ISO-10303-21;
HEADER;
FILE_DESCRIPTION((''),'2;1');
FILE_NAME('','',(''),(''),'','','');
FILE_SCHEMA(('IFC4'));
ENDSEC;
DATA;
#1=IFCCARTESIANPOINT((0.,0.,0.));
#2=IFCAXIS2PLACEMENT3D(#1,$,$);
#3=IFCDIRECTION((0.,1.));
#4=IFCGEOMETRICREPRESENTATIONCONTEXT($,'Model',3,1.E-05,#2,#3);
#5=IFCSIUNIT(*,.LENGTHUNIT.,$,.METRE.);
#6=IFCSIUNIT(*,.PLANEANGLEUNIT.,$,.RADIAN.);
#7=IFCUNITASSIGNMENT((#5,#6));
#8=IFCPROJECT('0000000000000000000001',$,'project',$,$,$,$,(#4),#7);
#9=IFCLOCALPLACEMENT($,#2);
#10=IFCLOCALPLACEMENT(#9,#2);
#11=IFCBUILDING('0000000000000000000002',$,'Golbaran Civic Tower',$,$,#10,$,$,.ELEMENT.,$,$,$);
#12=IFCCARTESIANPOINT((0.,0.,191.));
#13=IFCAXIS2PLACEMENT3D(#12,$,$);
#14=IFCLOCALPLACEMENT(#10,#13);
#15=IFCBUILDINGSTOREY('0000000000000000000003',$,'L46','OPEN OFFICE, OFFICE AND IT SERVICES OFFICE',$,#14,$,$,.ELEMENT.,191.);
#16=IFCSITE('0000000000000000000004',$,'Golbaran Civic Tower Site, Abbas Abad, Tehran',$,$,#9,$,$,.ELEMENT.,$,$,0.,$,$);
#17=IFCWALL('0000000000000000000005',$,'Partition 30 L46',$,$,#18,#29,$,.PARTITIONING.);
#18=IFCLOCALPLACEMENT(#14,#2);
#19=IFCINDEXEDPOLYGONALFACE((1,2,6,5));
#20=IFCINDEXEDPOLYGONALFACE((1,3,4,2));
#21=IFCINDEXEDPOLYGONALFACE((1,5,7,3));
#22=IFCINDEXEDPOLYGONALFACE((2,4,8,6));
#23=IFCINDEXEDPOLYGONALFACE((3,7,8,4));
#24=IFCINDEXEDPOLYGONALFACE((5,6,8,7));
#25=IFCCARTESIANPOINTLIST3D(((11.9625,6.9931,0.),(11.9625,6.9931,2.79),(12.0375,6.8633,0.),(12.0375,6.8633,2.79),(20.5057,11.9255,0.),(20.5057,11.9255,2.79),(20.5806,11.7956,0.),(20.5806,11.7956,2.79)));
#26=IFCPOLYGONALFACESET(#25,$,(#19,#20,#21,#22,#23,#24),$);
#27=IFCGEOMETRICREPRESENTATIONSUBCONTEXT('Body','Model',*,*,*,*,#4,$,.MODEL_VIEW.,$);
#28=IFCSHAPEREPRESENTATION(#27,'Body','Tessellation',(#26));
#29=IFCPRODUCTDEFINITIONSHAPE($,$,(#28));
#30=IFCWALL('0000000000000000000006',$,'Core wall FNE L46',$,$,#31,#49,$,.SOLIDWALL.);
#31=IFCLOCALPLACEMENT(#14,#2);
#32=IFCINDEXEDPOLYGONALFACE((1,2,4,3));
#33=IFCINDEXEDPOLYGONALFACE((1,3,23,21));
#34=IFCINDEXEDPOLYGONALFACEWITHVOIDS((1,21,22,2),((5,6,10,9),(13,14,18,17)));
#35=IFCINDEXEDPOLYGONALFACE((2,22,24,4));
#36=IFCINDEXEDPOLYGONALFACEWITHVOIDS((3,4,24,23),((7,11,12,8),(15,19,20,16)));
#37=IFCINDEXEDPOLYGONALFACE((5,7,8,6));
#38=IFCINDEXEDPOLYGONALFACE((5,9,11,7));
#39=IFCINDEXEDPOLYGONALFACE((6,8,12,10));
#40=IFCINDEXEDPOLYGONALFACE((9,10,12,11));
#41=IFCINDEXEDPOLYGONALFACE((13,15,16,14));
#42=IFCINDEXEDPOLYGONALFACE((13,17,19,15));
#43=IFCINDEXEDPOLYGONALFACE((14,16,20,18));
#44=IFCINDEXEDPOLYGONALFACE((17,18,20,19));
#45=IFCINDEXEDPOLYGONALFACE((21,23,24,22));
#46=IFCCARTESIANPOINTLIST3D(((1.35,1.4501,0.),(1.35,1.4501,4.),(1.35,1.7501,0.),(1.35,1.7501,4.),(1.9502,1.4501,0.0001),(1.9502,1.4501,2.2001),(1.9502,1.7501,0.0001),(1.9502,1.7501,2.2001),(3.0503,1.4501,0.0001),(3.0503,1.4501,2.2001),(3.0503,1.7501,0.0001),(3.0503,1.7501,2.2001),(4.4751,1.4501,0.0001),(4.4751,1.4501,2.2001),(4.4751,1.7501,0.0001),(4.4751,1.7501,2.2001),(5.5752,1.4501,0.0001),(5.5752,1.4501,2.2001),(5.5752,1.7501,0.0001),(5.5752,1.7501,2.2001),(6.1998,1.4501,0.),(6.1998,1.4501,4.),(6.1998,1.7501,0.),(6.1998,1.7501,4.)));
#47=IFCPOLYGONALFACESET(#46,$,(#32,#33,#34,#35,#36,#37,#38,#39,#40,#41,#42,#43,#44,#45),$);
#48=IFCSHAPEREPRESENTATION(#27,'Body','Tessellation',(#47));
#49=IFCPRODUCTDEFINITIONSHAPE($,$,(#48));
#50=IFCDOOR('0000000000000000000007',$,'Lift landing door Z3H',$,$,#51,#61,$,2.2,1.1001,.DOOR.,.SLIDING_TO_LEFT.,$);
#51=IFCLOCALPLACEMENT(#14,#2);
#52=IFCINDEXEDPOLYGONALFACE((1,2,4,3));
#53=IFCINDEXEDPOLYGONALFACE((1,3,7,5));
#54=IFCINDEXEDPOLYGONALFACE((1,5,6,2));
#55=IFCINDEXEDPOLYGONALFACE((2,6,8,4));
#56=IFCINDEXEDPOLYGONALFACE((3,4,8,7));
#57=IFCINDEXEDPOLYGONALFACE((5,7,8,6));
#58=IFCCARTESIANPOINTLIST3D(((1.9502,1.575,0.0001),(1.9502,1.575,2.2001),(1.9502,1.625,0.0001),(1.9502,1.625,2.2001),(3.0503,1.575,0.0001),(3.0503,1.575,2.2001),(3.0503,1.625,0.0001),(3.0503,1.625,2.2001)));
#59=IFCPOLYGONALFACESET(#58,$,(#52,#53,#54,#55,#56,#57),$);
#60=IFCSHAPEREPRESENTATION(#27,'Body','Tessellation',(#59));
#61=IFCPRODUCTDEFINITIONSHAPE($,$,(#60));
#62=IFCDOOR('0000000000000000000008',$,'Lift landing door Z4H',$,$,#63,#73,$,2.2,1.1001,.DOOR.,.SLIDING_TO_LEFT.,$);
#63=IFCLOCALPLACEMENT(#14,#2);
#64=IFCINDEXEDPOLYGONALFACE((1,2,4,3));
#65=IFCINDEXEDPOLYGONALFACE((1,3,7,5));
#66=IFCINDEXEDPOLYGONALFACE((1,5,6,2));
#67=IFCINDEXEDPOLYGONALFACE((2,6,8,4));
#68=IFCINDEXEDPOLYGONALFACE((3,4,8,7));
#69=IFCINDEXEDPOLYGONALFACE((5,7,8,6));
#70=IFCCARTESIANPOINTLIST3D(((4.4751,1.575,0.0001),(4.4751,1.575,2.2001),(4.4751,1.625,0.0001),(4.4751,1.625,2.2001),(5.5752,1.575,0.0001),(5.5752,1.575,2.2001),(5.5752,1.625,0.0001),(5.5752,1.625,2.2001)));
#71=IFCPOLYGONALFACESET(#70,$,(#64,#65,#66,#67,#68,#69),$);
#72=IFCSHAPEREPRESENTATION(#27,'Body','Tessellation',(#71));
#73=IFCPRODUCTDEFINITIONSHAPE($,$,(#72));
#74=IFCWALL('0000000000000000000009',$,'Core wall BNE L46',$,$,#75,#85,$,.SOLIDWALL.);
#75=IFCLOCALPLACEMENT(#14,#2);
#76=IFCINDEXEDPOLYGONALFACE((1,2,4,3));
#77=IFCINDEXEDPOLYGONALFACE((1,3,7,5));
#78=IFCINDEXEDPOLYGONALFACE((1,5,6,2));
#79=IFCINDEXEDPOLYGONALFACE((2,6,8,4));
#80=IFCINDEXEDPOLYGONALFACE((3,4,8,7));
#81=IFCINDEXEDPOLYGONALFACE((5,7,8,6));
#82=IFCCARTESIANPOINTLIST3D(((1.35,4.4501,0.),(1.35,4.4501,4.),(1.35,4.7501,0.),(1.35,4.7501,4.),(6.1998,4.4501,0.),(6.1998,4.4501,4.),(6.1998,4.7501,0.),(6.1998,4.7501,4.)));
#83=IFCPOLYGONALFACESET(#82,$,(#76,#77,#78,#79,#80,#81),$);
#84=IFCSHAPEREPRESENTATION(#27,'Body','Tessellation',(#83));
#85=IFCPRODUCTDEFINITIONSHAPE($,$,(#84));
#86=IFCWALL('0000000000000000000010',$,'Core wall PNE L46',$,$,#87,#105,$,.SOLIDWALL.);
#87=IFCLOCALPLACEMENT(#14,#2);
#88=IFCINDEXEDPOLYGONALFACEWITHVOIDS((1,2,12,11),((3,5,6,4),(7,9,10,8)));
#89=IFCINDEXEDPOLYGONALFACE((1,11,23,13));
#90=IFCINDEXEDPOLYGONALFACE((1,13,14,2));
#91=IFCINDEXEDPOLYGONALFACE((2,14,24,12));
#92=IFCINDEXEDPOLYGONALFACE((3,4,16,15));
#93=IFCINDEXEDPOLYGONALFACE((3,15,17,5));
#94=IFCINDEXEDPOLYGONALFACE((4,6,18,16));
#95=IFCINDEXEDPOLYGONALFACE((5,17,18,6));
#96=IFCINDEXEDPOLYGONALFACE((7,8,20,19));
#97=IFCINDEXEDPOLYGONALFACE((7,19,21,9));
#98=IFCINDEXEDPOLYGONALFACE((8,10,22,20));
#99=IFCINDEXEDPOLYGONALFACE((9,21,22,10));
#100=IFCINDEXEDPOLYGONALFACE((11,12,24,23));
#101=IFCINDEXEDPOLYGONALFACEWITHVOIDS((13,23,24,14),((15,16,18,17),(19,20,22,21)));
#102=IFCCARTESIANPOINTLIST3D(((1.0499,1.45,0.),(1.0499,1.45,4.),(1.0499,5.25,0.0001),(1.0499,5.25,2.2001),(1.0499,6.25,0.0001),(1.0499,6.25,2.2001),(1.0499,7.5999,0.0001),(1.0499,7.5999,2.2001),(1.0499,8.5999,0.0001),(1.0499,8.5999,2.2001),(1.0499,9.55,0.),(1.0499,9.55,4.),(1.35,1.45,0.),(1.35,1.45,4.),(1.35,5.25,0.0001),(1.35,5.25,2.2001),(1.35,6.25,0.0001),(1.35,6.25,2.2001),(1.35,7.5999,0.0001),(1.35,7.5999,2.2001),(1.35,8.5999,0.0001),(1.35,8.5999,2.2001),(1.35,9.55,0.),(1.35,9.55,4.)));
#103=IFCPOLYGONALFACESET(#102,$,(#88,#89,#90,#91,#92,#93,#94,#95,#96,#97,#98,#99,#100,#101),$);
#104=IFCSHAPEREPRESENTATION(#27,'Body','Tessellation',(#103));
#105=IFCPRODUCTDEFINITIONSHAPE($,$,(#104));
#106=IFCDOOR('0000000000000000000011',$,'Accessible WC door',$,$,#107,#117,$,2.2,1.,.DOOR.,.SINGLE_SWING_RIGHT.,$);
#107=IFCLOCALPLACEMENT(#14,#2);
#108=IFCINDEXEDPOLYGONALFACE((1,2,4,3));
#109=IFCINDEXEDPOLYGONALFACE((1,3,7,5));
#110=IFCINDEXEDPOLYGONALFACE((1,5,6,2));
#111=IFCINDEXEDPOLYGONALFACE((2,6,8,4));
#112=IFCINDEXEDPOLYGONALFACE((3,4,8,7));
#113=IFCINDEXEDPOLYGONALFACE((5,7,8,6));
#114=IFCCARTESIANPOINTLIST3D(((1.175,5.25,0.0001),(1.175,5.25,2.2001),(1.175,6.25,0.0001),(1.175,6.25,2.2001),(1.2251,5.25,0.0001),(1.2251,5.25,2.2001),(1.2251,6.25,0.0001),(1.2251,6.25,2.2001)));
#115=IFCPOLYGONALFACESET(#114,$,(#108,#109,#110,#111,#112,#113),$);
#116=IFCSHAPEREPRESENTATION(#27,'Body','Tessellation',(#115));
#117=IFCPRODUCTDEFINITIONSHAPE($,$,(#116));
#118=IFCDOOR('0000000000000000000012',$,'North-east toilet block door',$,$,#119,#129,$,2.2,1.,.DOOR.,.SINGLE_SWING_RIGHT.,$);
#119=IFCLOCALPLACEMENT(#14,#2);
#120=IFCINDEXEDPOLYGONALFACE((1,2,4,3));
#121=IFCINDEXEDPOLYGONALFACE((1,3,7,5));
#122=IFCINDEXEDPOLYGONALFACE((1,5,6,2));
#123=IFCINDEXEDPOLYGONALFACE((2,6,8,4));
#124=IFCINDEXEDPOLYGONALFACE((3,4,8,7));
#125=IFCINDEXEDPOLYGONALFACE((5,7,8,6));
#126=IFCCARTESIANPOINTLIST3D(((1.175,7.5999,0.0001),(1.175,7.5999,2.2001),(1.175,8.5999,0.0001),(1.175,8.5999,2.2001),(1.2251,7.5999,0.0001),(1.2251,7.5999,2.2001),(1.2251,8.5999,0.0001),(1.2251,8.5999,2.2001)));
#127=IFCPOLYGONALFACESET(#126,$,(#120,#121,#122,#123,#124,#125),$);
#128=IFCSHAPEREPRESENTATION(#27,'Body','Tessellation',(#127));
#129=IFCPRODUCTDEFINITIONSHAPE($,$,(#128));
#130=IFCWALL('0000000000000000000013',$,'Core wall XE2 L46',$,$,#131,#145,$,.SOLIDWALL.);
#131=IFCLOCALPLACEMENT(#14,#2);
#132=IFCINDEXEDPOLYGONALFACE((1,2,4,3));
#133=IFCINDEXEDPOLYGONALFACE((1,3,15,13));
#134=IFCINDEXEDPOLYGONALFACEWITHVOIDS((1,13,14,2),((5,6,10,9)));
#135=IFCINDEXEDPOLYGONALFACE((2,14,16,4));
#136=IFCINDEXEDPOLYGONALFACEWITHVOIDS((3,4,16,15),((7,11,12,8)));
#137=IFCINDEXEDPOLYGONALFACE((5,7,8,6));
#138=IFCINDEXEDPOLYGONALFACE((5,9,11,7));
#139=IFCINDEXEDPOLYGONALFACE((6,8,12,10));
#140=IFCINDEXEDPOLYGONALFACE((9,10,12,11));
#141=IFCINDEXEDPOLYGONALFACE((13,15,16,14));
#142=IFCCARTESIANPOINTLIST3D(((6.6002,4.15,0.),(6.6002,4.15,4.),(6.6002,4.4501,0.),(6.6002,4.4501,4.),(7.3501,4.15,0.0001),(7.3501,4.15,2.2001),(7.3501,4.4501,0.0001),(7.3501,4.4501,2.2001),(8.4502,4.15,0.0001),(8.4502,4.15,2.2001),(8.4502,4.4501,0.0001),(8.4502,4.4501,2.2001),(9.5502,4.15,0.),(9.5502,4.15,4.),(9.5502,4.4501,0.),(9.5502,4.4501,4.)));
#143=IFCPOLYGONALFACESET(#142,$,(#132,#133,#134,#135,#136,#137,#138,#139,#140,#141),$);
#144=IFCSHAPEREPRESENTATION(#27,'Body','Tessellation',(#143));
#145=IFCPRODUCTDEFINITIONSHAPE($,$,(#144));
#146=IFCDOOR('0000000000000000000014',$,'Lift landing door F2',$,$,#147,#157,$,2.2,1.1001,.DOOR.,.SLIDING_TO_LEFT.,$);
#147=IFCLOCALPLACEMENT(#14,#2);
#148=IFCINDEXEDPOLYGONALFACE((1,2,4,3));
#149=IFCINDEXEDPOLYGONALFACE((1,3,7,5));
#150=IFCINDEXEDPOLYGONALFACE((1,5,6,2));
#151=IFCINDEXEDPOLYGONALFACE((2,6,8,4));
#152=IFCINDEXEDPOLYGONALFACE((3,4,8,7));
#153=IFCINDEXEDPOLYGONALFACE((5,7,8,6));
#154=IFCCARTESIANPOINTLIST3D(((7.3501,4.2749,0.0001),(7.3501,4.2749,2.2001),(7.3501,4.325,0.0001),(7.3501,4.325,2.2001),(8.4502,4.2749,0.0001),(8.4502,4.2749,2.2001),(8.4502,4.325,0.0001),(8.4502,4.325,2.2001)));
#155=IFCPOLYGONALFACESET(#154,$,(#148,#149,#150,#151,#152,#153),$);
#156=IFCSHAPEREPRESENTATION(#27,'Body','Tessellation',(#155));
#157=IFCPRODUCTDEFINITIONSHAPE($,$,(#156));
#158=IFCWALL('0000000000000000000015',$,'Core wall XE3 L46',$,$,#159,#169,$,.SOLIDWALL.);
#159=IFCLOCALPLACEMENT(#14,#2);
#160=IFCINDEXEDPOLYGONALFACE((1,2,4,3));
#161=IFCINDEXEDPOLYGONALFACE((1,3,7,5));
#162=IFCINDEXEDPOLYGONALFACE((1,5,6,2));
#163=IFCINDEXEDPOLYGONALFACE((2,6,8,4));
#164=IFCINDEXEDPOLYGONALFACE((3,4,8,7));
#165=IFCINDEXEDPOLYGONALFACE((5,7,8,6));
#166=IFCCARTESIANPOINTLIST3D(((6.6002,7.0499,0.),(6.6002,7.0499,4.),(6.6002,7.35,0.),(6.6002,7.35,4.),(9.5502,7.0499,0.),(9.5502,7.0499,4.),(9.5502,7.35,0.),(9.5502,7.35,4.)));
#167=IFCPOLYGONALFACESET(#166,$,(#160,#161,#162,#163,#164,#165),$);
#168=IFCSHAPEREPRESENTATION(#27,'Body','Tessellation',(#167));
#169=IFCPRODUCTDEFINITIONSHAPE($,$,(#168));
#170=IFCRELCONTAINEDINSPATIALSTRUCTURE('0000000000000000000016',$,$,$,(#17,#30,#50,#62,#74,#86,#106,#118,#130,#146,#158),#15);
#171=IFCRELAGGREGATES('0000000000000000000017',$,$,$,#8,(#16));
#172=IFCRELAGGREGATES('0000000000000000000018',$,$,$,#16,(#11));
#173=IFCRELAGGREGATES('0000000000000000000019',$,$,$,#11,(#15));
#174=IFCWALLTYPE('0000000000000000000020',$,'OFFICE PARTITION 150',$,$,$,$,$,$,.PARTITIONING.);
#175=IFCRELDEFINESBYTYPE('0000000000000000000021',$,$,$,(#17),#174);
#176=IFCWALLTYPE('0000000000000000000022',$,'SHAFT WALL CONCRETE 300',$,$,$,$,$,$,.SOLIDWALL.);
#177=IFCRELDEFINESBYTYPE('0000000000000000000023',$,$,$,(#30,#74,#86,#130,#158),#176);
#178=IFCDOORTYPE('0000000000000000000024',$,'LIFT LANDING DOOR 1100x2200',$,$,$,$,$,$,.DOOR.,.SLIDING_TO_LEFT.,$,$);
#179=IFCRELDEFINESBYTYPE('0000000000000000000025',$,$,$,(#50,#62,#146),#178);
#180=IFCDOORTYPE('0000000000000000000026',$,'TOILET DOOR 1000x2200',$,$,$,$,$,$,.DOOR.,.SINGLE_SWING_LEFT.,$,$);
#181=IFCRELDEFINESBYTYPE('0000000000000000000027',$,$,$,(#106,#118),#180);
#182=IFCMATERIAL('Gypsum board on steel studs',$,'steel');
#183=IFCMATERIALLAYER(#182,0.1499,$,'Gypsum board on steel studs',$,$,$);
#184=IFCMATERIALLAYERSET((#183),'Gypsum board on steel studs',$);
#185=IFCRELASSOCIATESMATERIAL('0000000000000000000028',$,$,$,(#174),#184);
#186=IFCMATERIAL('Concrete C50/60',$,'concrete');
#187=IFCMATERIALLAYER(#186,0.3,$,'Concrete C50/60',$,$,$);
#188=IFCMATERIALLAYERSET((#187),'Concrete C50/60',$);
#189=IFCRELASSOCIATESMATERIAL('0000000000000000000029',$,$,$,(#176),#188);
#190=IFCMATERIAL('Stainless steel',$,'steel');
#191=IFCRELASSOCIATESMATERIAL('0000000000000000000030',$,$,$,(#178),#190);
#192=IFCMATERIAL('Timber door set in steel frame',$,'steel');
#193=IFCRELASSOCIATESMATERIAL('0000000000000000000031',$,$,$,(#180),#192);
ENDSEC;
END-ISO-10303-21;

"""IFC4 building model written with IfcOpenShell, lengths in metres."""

from ifc_helpers import new_model, si_unit, direction, frame, frame_2d, origin, place, context, subcontext, project, spatial, rectangle, extrude, material, layer, layer_set, type_object, element, fill, save


model = new_model("IFC4")

# Units and contexts
model_context = context("Model", 3, precision=1e-05, world=origin(), true_north=direction((0.0, 1.0)))
body_context = subcontext(model_context, "Body", "Model", "MODEL_VIEW")
ifc_project = project(units=[si_unit("LENGTHUNIT", "METRE"), si_unit("PLANEANGLEUNIT", "RADIAN")], contexts=[model_context])

# Site, building, storey
site_placement = place(None, origin())
site = spatial("IfcSite", under=ifc_project, at=site_placement, Name="Golbaran Civic Tower Site, Abbas Abad, Tehran", CompositionType="ELEMENT", RefElevation=0.0)
building_placement = place(site_placement, origin())
building = spatial("IfcBuilding", under=site, at=building_placement, Name="Golbaran Civic Tower", CompositionType="ELEMENT")
storey_placement = place(building_placement, frame((0.0, 0.0, 191.0)))
storey = spatial("IfcBuildingStorey", under=building, at=storey_placement, Name="L46", Description="OPEN OFFICE, OFFICE AND IT SERVICES OFFICE", CompositionType="ELEMENT", Elevation=191.0)

# Shared definitions
ifc_material_1 = material(Name="Timber door set in steel frame", Category="steel")

# Wall
ifc_material_2 = material(Name="Gypsum board on steel studs", Category="steel")
ifc_layer_1 = layer(ifc_material_2, 0.1499, Name="Gypsum board on steel studs")
ifc_layer_set_1 = layer_set([ifc_layer_1], Name="Gypsum board on steel studs")
wall_type_1 = type_object("IfcWallType", Name="OFFICE PARTITION 150", PredefinedType="PARTITIONING", material=ifc_layer_set_1)
wall_1_placement = place(storey_placement, frame((12.0, 6.9282, 0.0), z_axis=(0.0, 0.0, 1.0), x_axis=(0.866028, 0.499996, 0.0)))
element("IfcWall", 1, at=wall_1_placement, inside=storey, type_object=wall_type_1, Name="Partition 30 L46", PredefinedType="PARTITIONING", context=body_context, shape_type="SweptSolid", body=[
    extrude(rectangle(XDim=9.8647, YDim=0.1499, at=frame_2d((4.9324, 0.0))), origin(), (0.0, 0.0, 1.0), 2.79),
])

# Wall, openings, doors
ifc_material_3 = material(Name="Concrete C50/60", Category="concrete")
ifc_layer_2 = layer(ifc_material_3, 0.3, Name="Concrete C50/60")
ifc_layer_set_2 = layer_set([ifc_layer_2], Name="Concrete C50/60")
wall_type_2 = type_object("IfcWallType", Name="SHAFT WALL CONCRETE 300", PredefinedType="SOLIDWALL", material=ifc_layer_set_2)
wall_2_placement = place(storey_placement, frame((1.3501, 1.6001, 0.0), z_axis=(0.0, 0.0, 1.0), x_axis=(1.0, 0.0, 0.0)))
wall_2 = element("IfcWall", 2, at=wall_2_placement, inside=storey, type_object=wall_type_2, Name="Core wall FNE L46", PredefinedType="SOLIDWALL", context=body_context, shape_type="SweptSolid", body=[
    extrude(rectangle(XDim=4.8499, YDim=0.3, at=frame_2d((2.4248, 0.0))), origin(), (0.0, 0.0, 1.0), 4.0),
])
opening_1_placement = place(wall_2_placement, frame((0.6001, 0.0, 0.0)))
opening_1 = element("IfcOpeningElement", 3, at=opening_1_placement, cuts=wall_2, PredefinedType="OPENING", context=body_context, shape_type="SweptSolid", body=[
    extrude(rectangle(XDim=1.1001, YDim=2.2, at=frame_2d((0.55, 1.1001))), frame((0.0, 0.1599, 0.0), z_axis=(0.0, -1.0, 0.0), x_axis=(1.0, 0.0, 0.0)), (0.0, 0.0, 1.0), 0.3201),
])
opening_2_placement = place(wall_2_placement, frame((3.125, 0.0, 0.0)))
opening_2 = element("IfcOpeningElement", 4, at=opening_2_placement, cuts=wall_2, PredefinedType="OPENING", context=body_context, shape_type="SweptSolid", body=[
    extrude(rectangle(XDim=1.1001, YDim=2.2, at=frame_2d((0.55, 1.1001))), frame((0.0, 0.1599, 0.0), z_axis=(0.0, -1.0, 0.0), x_axis=(1.0, 0.0, 0.0)), (0.0, 0.0, 1.0), 0.3201),
])
ifc_material_4 = material(Name="Stainless steel", Category="steel")
door_type_1 = type_object("IfcDoorType", Name="LIFT LANDING DOOR 1100x2200", OperationType="SLIDING_TO_LEFT", PredefinedType="DOOR", material=ifc_material_4)
door_1_placement = place(opening_1_placement, origin())
door_1 = element("IfcDoor", 5, at=door_1_placement, inside=storey, type_object=door_type_1, Name="Lift landing door Z3H", OperationType="SLIDING_TO_LEFT", OverallHeight=2.2, OverallWidth=1.1001, PredefinedType="DOOR", context=body_context, shape_type="SweptSolid", body=[
    extrude(rectangle(XDim=1.1001, YDim=2.2, at=frame_2d((0.55, 1.1001))), frame((0.0, 0.0249, 0.0), z_axis=(0.0, -1.0, 0.0), x_axis=(1.0, 0.0, 0.0)), (0.0, 0.0, 1.0), 0.05),
])
fill(opening_1, door_1)
door_2_placement = place(opening_2_placement, origin())
door_2 = element("IfcDoor", 6, at=door_2_placement, inside=storey, type_object=door_type_1, Name="Lift landing door Z4H", OperationType="SLIDING_TO_LEFT", OverallHeight=2.2, OverallWidth=1.1001, PredefinedType="DOOR", context=body_context, shape_type="SweptSolid", body=[
    extrude(rectangle(XDim=1.1001, YDim=2.2, at=frame_2d((0.55, 1.1001))), frame((0.0, 0.0249, 0.0), z_axis=(0.0, -1.0, 0.0), x_axis=(1.0, 0.0, 0.0)), (0.0, 0.0, 1.0), 0.05),
])
fill(opening_2, door_2)

# Wall
wall_3_placement = place(storey_placement, frame((1.3501, 4.6001, 0.0), z_axis=(0.0, 0.0, 1.0), x_axis=(1.0, 0.0, 0.0)))
element("IfcWall", 7, at=wall_3_placement, inside=storey, type_object=wall_type_2, Name="Core wall BNE L46", PredefinedType="SOLIDWALL", context=body_context, shape_type="SweptSolid", body=[
    extrude(rectangle(XDim=4.8499, YDim=0.3, at=frame_2d((2.4248, 0.0))), origin(), (0.0, 0.0, 1.0), 4.0),
])

# Wall, openings, doors
wall_4_placement = place(storey_placement, frame((1.2, 1.45, 0.0), z_axis=(0.0, 0.0, 1.0), x_axis=(0.0, 1.0, 0.0)))
wall_4 = element("IfcWall", 8, at=wall_4_placement, inside=storey, type_object=wall_type_2, Name="Core wall PNE L46", PredefinedType="SOLIDWALL", context=body_context, shape_type="SweptSolid", body=[
    extrude(rectangle(XDim=8.1001, YDim=0.3, at=frame_2d((4.05, 0.0))), origin(), (0.0, 0.0, 1.0), 4.0),
])
opening_3_placement = place(wall_4_placement, frame((3.8, 0.0, 0.0)))
opening_3 = element("IfcOpeningElement", 9, at=opening_3_placement, cuts=wall_4, PredefinedType="OPENING", context=body_context, shape_type="SweptSolid", body=[
    extrude(rectangle(XDim=1.0, YDim=2.2, at=frame_2d((0.5, 1.1001))), frame((0.0, 0.1599, 0.0), z_axis=(0.0, -1.0, 0.0), x_axis=(1.0, 0.0, 0.0)), (0.0, 0.0, 1.0), 0.3201),
])
opening_4_placement = place(wall_4_placement, frame((6.1499, 0.0, 0.0)))
opening_4 = element("IfcOpeningElement", 10, at=opening_4_placement, cuts=wall_4, PredefinedType="OPENING", context=body_context, shape_type="SweptSolid", body=[
    extrude(rectangle(XDim=1.0, YDim=2.2, at=frame_2d((0.5, 1.1001))), frame((0.0, 0.1599, 0.0), z_axis=(0.0, -1.0, 0.0), x_axis=(1.0, 0.0, 0.0)), (0.0, 0.0, 1.0), 0.3201),
])
door_type_2 = type_object("IfcDoorType", Name="TOILET DOOR 1000x2200", OperationType="SINGLE_SWING_LEFT", PredefinedType="DOOR", material=ifc_material_1)
door_3_placement = place(opening_3_placement, origin())
door_3 = element("IfcDoor", 11, at=door_3_placement, inside=storey, type_object=door_type_2, Name="Accessible WC door", OperationType="SINGLE_SWING_RIGHT", OverallHeight=2.2, OverallWidth=1.0, PredefinedType="DOOR", context=body_context, shape_type="SweptSolid", body=[
    extrude(rectangle(XDim=1.0, YDim=2.2, at=frame_2d((0.5, 1.1001))), frame((0.0, 0.0249, 0.0), z_axis=(0.0, -1.0, 0.0), x_axis=(1.0, 0.0, 0.0)), (0.0, 0.0, 1.0), 0.05),
])
fill(opening_3, door_3)
door_4_placement = place(opening_4_placement, origin())
door_4 = element("IfcDoor", 12, at=door_4_placement, inside=storey, type_object=door_type_2, Name="North-east toilet block door", OperationType="SINGLE_SWING_RIGHT", OverallHeight=2.2, OverallWidth=1.0, PredefinedType="DOOR", context=body_context, shape_type="SweptSolid", body=[
    extrude(rectangle(XDim=1.0, YDim=2.2, at=frame_2d((0.5, 1.1001))), frame((0.0, 0.0249, 0.0), z_axis=(0.0, -1.0, 0.0), x_axis=(1.0, 0.0, 0.0)), (0.0, 0.0, 1.0), 0.05),
])
fill(opening_4, door_4)

# Wall, opening, door
wall_5_placement = place(storey_placement, frame((6.6001, 4.3, 0.0), z_axis=(0.0, 0.0, 1.0), x_axis=(1.0, 0.0, 0.0)))
wall_5 = element("IfcWall", 13, at=wall_5_placement, inside=storey, type_object=wall_type_2, Name="Core wall XE2 L46", PredefinedType="SOLIDWALL", context=body_context, shape_type="SweptSolid", body=[
    extrude(rectangle(XDim=2.95, YDim=0.3, at=frame_2d((1.4751, 0.0))), origin(), (0.0, 0.0, 1.0), 4.0),
])
opening_5_placement = place(wall_5_placement, frame((0.75, 0.0, 0.0)))
opening_5 = element("IfcOpeningElement", 14, at=opening_5_placement, cuts=wall_5, PredefinedType="OPENING", context=body_context, shape_type="SweptSolid", body=[
    extrude(rectangle(XDim=1.1001, YDim=2.2, at=frame_2d((0.55, 1.1001))), frame((0.0, 0.1599, 0.0), z_axis=(0.0, -1.0, 0.0), x_axis=(1.0, 0.0, 0.0)), (0.0, 0.0, 1.0), 0.3201),
])
door_5_placement = place(opening_5_placement, origin())
door_5 = element("IfcDoor", 15, at=door_5_placement, inside=storey, type_object=door_type_1, Name="Lift landing door F2", OperationType="SLIDING_TO_LEFT", OverallHeight=2.2, OverallWidth=1.1001, PredefinedType="DOOR", context=body_context, shape_type="SweptSolid", body=[
    extrude(rectangle(XDim=1.1001, YDim=2.2, at=frame_2d((0.55, 1.1001))), frame((0.0, 0.0249, 0.0), z_axis=(0.0, -1.0, 0.0), x_axis=(1.0, 0.0, 0.0)), (0.0, 0.0, 1.0), 0.05),
])
fill(opening_5, door_5)

# Wall
wall_6_placement = place(storey_placement, frame((6.6001, 7.2, 0.0), z_axis=(0.0, 0.0, 1.0), x_axis=(1.0, 0.0, 0.0)))
element("IfcWall", 16, at=wall_6_placement, inside=storey, type_object=wall_type_2, Name="Core wall XE3 L46", PredefinedType="SOLIDWALL", context=body_context, shape_type="SweptSolid", body=[
    extrude(rectangle(XDim=2.95, YDim=0.3, at=frame_2d((1.4751, 0.0))), origin(), (0.0, 0.0, 1.0), 4.0),
])

save(model, "model.ifc")
